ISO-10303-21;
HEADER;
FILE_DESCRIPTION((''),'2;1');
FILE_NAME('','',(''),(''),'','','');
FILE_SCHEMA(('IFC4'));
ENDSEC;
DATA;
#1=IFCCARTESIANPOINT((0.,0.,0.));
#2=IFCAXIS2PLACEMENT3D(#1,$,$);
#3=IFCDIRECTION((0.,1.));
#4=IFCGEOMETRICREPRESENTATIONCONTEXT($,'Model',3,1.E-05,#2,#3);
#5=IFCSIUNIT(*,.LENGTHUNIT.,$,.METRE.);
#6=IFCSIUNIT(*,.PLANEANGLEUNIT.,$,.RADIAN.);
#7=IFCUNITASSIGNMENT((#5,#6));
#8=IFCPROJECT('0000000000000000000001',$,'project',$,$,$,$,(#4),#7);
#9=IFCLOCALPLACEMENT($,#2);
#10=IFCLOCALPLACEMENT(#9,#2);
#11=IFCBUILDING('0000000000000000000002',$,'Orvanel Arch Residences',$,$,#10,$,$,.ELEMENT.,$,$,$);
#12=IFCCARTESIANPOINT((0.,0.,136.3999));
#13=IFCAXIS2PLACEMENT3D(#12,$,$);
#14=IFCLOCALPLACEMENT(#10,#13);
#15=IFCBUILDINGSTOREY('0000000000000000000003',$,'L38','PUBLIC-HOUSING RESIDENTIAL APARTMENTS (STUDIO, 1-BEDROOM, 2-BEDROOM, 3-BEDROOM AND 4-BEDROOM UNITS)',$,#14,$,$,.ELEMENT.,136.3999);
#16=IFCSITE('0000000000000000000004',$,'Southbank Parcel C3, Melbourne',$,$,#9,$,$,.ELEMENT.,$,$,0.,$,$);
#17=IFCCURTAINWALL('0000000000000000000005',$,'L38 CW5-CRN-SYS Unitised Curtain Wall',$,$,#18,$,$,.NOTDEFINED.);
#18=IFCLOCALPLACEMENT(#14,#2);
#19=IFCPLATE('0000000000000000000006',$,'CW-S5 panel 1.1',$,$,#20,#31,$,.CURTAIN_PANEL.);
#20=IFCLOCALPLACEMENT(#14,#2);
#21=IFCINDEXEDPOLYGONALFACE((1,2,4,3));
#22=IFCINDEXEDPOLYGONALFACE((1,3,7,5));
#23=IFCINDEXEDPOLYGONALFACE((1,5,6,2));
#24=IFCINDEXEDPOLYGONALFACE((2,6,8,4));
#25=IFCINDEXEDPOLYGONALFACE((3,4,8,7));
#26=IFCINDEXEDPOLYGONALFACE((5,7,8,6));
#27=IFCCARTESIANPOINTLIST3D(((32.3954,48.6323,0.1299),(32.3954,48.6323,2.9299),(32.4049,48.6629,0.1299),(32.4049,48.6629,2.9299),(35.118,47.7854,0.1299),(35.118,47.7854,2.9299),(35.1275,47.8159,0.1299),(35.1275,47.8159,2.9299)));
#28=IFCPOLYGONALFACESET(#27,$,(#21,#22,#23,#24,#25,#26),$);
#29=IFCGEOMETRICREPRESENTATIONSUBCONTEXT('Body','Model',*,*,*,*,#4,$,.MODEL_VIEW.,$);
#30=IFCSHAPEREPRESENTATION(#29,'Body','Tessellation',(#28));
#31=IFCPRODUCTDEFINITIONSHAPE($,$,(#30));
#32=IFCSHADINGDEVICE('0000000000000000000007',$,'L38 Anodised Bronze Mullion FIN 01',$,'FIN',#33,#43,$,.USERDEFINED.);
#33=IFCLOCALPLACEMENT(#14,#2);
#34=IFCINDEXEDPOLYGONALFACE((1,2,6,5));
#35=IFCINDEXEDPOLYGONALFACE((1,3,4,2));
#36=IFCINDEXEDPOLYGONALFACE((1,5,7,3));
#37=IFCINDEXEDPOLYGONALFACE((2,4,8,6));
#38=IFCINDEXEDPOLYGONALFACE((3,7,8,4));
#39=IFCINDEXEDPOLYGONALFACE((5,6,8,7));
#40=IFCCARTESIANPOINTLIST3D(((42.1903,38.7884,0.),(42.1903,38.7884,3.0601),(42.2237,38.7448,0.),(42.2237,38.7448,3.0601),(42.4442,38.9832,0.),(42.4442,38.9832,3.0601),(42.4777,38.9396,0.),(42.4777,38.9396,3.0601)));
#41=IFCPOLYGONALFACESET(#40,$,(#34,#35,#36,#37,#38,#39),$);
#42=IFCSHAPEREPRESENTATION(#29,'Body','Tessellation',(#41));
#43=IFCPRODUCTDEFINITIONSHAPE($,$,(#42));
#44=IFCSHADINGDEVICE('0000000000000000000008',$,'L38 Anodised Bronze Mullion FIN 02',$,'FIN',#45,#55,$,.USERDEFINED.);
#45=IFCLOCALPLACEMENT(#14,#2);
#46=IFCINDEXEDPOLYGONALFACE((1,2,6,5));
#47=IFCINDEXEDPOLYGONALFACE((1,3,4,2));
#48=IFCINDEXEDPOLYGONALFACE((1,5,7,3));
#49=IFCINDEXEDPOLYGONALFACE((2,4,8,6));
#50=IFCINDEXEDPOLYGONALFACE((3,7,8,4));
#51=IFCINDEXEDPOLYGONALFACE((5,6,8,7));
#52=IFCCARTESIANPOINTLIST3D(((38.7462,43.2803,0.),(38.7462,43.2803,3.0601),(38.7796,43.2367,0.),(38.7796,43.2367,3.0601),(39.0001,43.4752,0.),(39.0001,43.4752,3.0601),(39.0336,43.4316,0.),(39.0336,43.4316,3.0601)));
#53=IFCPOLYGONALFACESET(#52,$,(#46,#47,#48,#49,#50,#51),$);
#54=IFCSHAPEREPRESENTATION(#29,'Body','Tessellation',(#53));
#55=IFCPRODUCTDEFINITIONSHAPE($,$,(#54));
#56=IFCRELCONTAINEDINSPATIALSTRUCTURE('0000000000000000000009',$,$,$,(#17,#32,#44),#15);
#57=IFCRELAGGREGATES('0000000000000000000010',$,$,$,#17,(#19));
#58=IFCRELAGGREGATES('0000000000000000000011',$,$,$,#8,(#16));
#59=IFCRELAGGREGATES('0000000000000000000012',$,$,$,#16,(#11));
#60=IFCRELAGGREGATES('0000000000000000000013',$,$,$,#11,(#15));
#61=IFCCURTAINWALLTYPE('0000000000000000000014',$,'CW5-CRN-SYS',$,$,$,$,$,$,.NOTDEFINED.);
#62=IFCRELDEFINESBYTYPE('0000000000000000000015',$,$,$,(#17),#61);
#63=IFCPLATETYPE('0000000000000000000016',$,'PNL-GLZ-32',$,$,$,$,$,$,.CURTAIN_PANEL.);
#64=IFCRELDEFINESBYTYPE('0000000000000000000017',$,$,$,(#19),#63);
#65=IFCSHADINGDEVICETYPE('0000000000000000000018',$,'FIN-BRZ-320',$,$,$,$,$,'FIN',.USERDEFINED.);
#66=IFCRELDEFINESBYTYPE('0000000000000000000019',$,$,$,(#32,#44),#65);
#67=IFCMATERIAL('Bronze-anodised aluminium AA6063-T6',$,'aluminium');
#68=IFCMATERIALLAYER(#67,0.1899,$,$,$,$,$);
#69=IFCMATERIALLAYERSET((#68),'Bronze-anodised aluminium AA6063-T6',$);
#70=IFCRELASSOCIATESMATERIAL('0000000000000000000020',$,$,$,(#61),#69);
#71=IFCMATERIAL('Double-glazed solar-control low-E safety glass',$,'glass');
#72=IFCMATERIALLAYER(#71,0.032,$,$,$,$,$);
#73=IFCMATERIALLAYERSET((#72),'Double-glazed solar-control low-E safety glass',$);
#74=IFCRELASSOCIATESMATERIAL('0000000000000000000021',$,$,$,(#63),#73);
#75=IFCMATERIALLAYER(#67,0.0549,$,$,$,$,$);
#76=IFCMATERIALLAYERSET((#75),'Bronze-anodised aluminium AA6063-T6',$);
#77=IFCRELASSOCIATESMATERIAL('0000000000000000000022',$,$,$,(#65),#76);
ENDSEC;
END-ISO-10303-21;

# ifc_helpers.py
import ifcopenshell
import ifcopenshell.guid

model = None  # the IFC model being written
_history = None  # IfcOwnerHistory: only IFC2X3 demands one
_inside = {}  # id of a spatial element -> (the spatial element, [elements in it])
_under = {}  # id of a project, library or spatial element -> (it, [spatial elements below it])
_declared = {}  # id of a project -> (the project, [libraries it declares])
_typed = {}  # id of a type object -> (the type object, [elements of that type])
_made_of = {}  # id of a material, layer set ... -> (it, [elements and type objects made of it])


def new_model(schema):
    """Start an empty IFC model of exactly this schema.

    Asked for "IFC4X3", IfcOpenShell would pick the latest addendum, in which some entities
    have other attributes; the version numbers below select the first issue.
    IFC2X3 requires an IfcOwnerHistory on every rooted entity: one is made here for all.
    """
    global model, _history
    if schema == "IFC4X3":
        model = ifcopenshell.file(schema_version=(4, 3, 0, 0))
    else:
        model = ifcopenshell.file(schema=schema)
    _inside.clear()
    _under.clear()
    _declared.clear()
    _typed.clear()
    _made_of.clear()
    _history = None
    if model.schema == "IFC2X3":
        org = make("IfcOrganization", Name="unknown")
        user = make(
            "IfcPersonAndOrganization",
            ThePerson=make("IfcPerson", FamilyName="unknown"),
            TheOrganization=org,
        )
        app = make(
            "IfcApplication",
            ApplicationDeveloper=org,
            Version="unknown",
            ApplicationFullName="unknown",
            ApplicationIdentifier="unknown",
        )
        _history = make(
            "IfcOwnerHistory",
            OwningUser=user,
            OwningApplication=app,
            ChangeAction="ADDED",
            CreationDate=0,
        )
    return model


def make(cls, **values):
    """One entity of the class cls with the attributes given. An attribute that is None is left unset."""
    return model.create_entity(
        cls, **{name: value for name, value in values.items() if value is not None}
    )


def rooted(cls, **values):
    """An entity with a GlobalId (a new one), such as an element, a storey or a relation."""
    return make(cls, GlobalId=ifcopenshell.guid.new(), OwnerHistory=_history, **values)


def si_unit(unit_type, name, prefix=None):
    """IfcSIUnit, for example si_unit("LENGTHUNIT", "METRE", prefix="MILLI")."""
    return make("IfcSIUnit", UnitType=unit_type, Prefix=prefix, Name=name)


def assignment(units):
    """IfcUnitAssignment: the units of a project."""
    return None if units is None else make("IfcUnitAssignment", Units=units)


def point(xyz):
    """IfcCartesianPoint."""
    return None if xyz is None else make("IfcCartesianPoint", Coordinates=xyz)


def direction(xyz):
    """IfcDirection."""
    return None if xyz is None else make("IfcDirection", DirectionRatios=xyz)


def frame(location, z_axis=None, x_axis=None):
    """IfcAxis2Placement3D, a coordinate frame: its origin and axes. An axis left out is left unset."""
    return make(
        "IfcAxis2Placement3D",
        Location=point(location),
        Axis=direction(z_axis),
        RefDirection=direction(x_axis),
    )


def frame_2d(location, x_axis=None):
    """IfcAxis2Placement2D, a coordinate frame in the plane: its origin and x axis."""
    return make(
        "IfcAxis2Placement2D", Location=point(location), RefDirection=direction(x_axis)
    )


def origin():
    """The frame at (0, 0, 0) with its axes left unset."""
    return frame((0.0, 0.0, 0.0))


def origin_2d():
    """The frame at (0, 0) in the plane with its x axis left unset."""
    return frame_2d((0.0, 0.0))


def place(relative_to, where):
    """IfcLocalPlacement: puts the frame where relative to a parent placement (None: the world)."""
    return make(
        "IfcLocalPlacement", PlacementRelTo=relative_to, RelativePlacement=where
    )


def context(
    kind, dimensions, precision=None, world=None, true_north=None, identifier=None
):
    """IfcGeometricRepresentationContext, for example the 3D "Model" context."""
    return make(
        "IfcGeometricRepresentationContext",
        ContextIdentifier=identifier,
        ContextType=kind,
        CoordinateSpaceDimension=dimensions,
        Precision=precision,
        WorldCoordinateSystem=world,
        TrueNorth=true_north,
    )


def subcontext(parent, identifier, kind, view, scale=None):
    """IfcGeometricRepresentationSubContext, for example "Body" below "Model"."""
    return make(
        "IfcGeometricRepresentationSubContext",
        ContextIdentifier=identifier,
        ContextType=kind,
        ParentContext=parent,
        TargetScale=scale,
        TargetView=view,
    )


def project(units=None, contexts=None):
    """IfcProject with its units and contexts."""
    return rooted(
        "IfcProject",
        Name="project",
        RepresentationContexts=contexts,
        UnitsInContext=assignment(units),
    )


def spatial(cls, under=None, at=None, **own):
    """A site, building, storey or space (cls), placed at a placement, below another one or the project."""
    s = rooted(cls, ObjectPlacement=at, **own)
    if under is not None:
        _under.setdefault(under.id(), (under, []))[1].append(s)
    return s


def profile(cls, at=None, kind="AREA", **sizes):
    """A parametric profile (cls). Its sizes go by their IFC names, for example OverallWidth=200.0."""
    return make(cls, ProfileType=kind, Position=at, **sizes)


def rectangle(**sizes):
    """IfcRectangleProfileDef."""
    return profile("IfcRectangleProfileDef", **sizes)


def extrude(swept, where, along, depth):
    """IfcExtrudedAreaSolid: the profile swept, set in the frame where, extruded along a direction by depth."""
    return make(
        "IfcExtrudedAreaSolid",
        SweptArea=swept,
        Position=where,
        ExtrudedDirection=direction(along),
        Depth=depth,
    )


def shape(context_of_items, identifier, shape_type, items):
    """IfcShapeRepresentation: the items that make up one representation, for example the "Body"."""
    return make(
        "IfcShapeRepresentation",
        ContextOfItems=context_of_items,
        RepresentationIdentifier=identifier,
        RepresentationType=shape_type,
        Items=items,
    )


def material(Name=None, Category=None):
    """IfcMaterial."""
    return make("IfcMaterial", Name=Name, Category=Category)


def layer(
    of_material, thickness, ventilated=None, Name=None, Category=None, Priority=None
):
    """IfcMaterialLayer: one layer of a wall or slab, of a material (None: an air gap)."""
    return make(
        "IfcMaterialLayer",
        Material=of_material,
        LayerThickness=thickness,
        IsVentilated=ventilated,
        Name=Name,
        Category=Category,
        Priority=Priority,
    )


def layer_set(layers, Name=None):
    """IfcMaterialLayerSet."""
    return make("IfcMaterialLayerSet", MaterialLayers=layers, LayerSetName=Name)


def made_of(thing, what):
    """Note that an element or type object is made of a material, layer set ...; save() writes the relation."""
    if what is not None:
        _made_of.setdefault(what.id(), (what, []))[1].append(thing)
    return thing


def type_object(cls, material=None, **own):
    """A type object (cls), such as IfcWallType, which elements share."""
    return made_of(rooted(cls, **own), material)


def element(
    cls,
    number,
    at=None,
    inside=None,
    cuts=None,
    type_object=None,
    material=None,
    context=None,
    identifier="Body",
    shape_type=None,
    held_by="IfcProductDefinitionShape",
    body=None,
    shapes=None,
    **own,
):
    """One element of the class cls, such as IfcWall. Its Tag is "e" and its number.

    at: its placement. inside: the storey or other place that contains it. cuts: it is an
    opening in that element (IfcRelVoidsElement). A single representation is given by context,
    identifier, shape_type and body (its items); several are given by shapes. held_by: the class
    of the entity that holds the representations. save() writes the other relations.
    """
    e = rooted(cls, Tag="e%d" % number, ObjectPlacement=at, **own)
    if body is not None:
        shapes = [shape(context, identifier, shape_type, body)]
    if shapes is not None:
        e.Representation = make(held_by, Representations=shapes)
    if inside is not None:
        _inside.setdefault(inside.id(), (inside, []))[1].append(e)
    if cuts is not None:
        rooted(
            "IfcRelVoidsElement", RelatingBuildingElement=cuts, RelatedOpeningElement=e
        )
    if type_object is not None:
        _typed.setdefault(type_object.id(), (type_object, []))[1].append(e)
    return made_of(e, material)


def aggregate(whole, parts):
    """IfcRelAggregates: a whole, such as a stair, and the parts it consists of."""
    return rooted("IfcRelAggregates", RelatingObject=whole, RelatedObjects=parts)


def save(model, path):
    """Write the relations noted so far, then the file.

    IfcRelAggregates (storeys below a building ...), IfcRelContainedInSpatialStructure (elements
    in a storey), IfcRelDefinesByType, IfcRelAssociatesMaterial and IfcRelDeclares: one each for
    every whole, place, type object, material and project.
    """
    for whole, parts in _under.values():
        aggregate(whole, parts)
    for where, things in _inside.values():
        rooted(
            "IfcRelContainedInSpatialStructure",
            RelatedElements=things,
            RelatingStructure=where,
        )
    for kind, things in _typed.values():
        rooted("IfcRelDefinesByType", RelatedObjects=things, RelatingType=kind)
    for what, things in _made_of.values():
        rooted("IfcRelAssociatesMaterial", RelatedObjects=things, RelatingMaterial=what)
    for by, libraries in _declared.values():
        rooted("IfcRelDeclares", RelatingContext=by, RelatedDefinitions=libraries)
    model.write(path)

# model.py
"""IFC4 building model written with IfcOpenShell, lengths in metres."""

from ifc_helpers import new_model, si_unit, direction, frame, origin, origin_2d, place, context, subcontext, project, spatial, rectangle, extrude, material, layer, layer_set, type_object, element, aggregate, save


model = new_model("IFC4")

# Units and contexts
model_context = context("Model", 3, precision=1e-05, world=origin(), true_north=direction((0.0, 1.0)))
body_context = subcontext(model_context, "Body", "Model", "MODEL_VIEW")
ifc_project = project(units=[si_unit("LENGTHUNIT", "METRE"), si_unit("PLANEANGLEUNIT", "RADIAN")], contexts=[model_context])

# Site, building, storey
site_placement = place(None, origin())
site = spatial("IfcSite", under=ifc_project, at=site_placement, Name="Southbank Parcel C3, Melbourne", CompositionType="ELEMENT", RefElevation=0.0)
building_placement = place(site_placement, origin())
building = spatial("IfcBuilding", under=site, at=building_placement, Name="Orvanel Arch Residences", CompositionType="ELEMENT")
storey_placement = place(building_placement, frame((0.0, 0.0, 136.3999)))
storey = spatial("IfcBuildingStorey", under=building, at=storey_placement, Name="L38", Description="PUBLIC-HOUSING RESIDENTIAL APARTMENTS (STUDIO, 1-BEDROOM, 2-BEDROOM, 3-BEDROOM AND 4-BEDROOM UNITS)", CompositionType="ELEMENT", Elevation=136.3999)

# Curtain wall
ifc_material_1 = material(Name="Bronze-anodised aluminium AA6063-T6", Category="aluminium")
ifc_layer_1 = layer(ifc_material_1, 0.1899)
ifc_layer_set_1 = layer_set([ifc_layer_1], Name="Bronze-anodised aluminium AA6063-T6")
curtain_wall_type_1 = type_object("IfcCurtainWallType", Name="CW5-CRN-SYS", PredefinedType="NOTDEFINED", material=ifc_layer_set_1)
curtain_wall_1_placement = place(storey_placement, origin())
curtain_wall_1 = element("IfcCurtainWall", 1, at=curtain_wall_1_placement, inside=storey, type_object=curtain_wall_type_1, Name="L38 CW5-CRN-SYS Unitised Curtain Wall", PredefinedType="NOTDEFINED")

# Plate
ifc_material_2 = material(Name="Double-glazed solar-control low-E safety glass", Category="glass")
ifc_layer_2 = layer(ifc_material_2, 0.032)
ifc_layer_set_2 = layer_set([ifc_layer_2], Name="Double-glazed solar-control low-E safety glass")
plate_type_1 = type_object("IfcPlateType", Name="PNL-GLZ-32", PredefinedType="CURTAIN_PANEL", material=ifc_layer_set_2)
plate_1_placement = place(storey_placement, frame((33.7615, 48.2241, 0.1299), z_axis=(0.0, 0.0, 1.0), x_axis=(-0.954869, 0.297028, 0.0)))
plate_1 = element("IfcPlate", 2, at=plate_1_placement, type_object=plate_type_1, Name="CW-S5 panel 1.1", PredefinedType="CURTAIN_PANEL", context=body_context, shape_type="SweptSolid", body=[
    extrude(rectangle(XDim=2.8513, YDim=0.032, at=origin_2d()), origin(), (0.0, 0.0, 1.0), 2.8),
])
aggregate(curtain_wall_1, [plate_1])

# Shading devices
ifc_layer_3 = layer(ifc_material_1, 0.0549)
ifc_layer_set_3 = layer_set([ifc_layer_3], Name="Bronze-anodised aluminium AA6063-T6")
shading_device_type = type_object("IfcShadingDeviceType", Name="FIN-BRZ-320", ElementType="FIN", PredefinedType="USERDEFINED", material=ifc_layer_set_3)
for number, where, z_axis, x_axis, name in (
    (3, (42.334, 38.864, 0.0), (0.0, 0.0, 1.0), (0.793353, 0.608761, 0.0), "L38 Anodised Bronze Mullion FIN 01"),
    (4, (38.8899, 43.356, 0.0), (0.0, 0.0, 1.0), (0.793353, 0.608761, 0.0), "L38 Anodised Bronze Mullion FIN 02"),
):
    element("IfcShadingDevice", number, at=place(storey_placement, frame(where, z_axis=z_axis, x_axis=x_axis)), inside=storey, type_object=shading_device_type, Name=name, ObjectType="FIN", PredefinedType="USERDEFINED", context=body_context, shape_type="SweptSolid", body=[
        extrude(rectangle(XDim=0.3201, YDim=0.0549, at=origin_2d()), origin(), (0.0, 0.0, 1.0), 3.0601),
    ])

save(model, "model.ifc")
